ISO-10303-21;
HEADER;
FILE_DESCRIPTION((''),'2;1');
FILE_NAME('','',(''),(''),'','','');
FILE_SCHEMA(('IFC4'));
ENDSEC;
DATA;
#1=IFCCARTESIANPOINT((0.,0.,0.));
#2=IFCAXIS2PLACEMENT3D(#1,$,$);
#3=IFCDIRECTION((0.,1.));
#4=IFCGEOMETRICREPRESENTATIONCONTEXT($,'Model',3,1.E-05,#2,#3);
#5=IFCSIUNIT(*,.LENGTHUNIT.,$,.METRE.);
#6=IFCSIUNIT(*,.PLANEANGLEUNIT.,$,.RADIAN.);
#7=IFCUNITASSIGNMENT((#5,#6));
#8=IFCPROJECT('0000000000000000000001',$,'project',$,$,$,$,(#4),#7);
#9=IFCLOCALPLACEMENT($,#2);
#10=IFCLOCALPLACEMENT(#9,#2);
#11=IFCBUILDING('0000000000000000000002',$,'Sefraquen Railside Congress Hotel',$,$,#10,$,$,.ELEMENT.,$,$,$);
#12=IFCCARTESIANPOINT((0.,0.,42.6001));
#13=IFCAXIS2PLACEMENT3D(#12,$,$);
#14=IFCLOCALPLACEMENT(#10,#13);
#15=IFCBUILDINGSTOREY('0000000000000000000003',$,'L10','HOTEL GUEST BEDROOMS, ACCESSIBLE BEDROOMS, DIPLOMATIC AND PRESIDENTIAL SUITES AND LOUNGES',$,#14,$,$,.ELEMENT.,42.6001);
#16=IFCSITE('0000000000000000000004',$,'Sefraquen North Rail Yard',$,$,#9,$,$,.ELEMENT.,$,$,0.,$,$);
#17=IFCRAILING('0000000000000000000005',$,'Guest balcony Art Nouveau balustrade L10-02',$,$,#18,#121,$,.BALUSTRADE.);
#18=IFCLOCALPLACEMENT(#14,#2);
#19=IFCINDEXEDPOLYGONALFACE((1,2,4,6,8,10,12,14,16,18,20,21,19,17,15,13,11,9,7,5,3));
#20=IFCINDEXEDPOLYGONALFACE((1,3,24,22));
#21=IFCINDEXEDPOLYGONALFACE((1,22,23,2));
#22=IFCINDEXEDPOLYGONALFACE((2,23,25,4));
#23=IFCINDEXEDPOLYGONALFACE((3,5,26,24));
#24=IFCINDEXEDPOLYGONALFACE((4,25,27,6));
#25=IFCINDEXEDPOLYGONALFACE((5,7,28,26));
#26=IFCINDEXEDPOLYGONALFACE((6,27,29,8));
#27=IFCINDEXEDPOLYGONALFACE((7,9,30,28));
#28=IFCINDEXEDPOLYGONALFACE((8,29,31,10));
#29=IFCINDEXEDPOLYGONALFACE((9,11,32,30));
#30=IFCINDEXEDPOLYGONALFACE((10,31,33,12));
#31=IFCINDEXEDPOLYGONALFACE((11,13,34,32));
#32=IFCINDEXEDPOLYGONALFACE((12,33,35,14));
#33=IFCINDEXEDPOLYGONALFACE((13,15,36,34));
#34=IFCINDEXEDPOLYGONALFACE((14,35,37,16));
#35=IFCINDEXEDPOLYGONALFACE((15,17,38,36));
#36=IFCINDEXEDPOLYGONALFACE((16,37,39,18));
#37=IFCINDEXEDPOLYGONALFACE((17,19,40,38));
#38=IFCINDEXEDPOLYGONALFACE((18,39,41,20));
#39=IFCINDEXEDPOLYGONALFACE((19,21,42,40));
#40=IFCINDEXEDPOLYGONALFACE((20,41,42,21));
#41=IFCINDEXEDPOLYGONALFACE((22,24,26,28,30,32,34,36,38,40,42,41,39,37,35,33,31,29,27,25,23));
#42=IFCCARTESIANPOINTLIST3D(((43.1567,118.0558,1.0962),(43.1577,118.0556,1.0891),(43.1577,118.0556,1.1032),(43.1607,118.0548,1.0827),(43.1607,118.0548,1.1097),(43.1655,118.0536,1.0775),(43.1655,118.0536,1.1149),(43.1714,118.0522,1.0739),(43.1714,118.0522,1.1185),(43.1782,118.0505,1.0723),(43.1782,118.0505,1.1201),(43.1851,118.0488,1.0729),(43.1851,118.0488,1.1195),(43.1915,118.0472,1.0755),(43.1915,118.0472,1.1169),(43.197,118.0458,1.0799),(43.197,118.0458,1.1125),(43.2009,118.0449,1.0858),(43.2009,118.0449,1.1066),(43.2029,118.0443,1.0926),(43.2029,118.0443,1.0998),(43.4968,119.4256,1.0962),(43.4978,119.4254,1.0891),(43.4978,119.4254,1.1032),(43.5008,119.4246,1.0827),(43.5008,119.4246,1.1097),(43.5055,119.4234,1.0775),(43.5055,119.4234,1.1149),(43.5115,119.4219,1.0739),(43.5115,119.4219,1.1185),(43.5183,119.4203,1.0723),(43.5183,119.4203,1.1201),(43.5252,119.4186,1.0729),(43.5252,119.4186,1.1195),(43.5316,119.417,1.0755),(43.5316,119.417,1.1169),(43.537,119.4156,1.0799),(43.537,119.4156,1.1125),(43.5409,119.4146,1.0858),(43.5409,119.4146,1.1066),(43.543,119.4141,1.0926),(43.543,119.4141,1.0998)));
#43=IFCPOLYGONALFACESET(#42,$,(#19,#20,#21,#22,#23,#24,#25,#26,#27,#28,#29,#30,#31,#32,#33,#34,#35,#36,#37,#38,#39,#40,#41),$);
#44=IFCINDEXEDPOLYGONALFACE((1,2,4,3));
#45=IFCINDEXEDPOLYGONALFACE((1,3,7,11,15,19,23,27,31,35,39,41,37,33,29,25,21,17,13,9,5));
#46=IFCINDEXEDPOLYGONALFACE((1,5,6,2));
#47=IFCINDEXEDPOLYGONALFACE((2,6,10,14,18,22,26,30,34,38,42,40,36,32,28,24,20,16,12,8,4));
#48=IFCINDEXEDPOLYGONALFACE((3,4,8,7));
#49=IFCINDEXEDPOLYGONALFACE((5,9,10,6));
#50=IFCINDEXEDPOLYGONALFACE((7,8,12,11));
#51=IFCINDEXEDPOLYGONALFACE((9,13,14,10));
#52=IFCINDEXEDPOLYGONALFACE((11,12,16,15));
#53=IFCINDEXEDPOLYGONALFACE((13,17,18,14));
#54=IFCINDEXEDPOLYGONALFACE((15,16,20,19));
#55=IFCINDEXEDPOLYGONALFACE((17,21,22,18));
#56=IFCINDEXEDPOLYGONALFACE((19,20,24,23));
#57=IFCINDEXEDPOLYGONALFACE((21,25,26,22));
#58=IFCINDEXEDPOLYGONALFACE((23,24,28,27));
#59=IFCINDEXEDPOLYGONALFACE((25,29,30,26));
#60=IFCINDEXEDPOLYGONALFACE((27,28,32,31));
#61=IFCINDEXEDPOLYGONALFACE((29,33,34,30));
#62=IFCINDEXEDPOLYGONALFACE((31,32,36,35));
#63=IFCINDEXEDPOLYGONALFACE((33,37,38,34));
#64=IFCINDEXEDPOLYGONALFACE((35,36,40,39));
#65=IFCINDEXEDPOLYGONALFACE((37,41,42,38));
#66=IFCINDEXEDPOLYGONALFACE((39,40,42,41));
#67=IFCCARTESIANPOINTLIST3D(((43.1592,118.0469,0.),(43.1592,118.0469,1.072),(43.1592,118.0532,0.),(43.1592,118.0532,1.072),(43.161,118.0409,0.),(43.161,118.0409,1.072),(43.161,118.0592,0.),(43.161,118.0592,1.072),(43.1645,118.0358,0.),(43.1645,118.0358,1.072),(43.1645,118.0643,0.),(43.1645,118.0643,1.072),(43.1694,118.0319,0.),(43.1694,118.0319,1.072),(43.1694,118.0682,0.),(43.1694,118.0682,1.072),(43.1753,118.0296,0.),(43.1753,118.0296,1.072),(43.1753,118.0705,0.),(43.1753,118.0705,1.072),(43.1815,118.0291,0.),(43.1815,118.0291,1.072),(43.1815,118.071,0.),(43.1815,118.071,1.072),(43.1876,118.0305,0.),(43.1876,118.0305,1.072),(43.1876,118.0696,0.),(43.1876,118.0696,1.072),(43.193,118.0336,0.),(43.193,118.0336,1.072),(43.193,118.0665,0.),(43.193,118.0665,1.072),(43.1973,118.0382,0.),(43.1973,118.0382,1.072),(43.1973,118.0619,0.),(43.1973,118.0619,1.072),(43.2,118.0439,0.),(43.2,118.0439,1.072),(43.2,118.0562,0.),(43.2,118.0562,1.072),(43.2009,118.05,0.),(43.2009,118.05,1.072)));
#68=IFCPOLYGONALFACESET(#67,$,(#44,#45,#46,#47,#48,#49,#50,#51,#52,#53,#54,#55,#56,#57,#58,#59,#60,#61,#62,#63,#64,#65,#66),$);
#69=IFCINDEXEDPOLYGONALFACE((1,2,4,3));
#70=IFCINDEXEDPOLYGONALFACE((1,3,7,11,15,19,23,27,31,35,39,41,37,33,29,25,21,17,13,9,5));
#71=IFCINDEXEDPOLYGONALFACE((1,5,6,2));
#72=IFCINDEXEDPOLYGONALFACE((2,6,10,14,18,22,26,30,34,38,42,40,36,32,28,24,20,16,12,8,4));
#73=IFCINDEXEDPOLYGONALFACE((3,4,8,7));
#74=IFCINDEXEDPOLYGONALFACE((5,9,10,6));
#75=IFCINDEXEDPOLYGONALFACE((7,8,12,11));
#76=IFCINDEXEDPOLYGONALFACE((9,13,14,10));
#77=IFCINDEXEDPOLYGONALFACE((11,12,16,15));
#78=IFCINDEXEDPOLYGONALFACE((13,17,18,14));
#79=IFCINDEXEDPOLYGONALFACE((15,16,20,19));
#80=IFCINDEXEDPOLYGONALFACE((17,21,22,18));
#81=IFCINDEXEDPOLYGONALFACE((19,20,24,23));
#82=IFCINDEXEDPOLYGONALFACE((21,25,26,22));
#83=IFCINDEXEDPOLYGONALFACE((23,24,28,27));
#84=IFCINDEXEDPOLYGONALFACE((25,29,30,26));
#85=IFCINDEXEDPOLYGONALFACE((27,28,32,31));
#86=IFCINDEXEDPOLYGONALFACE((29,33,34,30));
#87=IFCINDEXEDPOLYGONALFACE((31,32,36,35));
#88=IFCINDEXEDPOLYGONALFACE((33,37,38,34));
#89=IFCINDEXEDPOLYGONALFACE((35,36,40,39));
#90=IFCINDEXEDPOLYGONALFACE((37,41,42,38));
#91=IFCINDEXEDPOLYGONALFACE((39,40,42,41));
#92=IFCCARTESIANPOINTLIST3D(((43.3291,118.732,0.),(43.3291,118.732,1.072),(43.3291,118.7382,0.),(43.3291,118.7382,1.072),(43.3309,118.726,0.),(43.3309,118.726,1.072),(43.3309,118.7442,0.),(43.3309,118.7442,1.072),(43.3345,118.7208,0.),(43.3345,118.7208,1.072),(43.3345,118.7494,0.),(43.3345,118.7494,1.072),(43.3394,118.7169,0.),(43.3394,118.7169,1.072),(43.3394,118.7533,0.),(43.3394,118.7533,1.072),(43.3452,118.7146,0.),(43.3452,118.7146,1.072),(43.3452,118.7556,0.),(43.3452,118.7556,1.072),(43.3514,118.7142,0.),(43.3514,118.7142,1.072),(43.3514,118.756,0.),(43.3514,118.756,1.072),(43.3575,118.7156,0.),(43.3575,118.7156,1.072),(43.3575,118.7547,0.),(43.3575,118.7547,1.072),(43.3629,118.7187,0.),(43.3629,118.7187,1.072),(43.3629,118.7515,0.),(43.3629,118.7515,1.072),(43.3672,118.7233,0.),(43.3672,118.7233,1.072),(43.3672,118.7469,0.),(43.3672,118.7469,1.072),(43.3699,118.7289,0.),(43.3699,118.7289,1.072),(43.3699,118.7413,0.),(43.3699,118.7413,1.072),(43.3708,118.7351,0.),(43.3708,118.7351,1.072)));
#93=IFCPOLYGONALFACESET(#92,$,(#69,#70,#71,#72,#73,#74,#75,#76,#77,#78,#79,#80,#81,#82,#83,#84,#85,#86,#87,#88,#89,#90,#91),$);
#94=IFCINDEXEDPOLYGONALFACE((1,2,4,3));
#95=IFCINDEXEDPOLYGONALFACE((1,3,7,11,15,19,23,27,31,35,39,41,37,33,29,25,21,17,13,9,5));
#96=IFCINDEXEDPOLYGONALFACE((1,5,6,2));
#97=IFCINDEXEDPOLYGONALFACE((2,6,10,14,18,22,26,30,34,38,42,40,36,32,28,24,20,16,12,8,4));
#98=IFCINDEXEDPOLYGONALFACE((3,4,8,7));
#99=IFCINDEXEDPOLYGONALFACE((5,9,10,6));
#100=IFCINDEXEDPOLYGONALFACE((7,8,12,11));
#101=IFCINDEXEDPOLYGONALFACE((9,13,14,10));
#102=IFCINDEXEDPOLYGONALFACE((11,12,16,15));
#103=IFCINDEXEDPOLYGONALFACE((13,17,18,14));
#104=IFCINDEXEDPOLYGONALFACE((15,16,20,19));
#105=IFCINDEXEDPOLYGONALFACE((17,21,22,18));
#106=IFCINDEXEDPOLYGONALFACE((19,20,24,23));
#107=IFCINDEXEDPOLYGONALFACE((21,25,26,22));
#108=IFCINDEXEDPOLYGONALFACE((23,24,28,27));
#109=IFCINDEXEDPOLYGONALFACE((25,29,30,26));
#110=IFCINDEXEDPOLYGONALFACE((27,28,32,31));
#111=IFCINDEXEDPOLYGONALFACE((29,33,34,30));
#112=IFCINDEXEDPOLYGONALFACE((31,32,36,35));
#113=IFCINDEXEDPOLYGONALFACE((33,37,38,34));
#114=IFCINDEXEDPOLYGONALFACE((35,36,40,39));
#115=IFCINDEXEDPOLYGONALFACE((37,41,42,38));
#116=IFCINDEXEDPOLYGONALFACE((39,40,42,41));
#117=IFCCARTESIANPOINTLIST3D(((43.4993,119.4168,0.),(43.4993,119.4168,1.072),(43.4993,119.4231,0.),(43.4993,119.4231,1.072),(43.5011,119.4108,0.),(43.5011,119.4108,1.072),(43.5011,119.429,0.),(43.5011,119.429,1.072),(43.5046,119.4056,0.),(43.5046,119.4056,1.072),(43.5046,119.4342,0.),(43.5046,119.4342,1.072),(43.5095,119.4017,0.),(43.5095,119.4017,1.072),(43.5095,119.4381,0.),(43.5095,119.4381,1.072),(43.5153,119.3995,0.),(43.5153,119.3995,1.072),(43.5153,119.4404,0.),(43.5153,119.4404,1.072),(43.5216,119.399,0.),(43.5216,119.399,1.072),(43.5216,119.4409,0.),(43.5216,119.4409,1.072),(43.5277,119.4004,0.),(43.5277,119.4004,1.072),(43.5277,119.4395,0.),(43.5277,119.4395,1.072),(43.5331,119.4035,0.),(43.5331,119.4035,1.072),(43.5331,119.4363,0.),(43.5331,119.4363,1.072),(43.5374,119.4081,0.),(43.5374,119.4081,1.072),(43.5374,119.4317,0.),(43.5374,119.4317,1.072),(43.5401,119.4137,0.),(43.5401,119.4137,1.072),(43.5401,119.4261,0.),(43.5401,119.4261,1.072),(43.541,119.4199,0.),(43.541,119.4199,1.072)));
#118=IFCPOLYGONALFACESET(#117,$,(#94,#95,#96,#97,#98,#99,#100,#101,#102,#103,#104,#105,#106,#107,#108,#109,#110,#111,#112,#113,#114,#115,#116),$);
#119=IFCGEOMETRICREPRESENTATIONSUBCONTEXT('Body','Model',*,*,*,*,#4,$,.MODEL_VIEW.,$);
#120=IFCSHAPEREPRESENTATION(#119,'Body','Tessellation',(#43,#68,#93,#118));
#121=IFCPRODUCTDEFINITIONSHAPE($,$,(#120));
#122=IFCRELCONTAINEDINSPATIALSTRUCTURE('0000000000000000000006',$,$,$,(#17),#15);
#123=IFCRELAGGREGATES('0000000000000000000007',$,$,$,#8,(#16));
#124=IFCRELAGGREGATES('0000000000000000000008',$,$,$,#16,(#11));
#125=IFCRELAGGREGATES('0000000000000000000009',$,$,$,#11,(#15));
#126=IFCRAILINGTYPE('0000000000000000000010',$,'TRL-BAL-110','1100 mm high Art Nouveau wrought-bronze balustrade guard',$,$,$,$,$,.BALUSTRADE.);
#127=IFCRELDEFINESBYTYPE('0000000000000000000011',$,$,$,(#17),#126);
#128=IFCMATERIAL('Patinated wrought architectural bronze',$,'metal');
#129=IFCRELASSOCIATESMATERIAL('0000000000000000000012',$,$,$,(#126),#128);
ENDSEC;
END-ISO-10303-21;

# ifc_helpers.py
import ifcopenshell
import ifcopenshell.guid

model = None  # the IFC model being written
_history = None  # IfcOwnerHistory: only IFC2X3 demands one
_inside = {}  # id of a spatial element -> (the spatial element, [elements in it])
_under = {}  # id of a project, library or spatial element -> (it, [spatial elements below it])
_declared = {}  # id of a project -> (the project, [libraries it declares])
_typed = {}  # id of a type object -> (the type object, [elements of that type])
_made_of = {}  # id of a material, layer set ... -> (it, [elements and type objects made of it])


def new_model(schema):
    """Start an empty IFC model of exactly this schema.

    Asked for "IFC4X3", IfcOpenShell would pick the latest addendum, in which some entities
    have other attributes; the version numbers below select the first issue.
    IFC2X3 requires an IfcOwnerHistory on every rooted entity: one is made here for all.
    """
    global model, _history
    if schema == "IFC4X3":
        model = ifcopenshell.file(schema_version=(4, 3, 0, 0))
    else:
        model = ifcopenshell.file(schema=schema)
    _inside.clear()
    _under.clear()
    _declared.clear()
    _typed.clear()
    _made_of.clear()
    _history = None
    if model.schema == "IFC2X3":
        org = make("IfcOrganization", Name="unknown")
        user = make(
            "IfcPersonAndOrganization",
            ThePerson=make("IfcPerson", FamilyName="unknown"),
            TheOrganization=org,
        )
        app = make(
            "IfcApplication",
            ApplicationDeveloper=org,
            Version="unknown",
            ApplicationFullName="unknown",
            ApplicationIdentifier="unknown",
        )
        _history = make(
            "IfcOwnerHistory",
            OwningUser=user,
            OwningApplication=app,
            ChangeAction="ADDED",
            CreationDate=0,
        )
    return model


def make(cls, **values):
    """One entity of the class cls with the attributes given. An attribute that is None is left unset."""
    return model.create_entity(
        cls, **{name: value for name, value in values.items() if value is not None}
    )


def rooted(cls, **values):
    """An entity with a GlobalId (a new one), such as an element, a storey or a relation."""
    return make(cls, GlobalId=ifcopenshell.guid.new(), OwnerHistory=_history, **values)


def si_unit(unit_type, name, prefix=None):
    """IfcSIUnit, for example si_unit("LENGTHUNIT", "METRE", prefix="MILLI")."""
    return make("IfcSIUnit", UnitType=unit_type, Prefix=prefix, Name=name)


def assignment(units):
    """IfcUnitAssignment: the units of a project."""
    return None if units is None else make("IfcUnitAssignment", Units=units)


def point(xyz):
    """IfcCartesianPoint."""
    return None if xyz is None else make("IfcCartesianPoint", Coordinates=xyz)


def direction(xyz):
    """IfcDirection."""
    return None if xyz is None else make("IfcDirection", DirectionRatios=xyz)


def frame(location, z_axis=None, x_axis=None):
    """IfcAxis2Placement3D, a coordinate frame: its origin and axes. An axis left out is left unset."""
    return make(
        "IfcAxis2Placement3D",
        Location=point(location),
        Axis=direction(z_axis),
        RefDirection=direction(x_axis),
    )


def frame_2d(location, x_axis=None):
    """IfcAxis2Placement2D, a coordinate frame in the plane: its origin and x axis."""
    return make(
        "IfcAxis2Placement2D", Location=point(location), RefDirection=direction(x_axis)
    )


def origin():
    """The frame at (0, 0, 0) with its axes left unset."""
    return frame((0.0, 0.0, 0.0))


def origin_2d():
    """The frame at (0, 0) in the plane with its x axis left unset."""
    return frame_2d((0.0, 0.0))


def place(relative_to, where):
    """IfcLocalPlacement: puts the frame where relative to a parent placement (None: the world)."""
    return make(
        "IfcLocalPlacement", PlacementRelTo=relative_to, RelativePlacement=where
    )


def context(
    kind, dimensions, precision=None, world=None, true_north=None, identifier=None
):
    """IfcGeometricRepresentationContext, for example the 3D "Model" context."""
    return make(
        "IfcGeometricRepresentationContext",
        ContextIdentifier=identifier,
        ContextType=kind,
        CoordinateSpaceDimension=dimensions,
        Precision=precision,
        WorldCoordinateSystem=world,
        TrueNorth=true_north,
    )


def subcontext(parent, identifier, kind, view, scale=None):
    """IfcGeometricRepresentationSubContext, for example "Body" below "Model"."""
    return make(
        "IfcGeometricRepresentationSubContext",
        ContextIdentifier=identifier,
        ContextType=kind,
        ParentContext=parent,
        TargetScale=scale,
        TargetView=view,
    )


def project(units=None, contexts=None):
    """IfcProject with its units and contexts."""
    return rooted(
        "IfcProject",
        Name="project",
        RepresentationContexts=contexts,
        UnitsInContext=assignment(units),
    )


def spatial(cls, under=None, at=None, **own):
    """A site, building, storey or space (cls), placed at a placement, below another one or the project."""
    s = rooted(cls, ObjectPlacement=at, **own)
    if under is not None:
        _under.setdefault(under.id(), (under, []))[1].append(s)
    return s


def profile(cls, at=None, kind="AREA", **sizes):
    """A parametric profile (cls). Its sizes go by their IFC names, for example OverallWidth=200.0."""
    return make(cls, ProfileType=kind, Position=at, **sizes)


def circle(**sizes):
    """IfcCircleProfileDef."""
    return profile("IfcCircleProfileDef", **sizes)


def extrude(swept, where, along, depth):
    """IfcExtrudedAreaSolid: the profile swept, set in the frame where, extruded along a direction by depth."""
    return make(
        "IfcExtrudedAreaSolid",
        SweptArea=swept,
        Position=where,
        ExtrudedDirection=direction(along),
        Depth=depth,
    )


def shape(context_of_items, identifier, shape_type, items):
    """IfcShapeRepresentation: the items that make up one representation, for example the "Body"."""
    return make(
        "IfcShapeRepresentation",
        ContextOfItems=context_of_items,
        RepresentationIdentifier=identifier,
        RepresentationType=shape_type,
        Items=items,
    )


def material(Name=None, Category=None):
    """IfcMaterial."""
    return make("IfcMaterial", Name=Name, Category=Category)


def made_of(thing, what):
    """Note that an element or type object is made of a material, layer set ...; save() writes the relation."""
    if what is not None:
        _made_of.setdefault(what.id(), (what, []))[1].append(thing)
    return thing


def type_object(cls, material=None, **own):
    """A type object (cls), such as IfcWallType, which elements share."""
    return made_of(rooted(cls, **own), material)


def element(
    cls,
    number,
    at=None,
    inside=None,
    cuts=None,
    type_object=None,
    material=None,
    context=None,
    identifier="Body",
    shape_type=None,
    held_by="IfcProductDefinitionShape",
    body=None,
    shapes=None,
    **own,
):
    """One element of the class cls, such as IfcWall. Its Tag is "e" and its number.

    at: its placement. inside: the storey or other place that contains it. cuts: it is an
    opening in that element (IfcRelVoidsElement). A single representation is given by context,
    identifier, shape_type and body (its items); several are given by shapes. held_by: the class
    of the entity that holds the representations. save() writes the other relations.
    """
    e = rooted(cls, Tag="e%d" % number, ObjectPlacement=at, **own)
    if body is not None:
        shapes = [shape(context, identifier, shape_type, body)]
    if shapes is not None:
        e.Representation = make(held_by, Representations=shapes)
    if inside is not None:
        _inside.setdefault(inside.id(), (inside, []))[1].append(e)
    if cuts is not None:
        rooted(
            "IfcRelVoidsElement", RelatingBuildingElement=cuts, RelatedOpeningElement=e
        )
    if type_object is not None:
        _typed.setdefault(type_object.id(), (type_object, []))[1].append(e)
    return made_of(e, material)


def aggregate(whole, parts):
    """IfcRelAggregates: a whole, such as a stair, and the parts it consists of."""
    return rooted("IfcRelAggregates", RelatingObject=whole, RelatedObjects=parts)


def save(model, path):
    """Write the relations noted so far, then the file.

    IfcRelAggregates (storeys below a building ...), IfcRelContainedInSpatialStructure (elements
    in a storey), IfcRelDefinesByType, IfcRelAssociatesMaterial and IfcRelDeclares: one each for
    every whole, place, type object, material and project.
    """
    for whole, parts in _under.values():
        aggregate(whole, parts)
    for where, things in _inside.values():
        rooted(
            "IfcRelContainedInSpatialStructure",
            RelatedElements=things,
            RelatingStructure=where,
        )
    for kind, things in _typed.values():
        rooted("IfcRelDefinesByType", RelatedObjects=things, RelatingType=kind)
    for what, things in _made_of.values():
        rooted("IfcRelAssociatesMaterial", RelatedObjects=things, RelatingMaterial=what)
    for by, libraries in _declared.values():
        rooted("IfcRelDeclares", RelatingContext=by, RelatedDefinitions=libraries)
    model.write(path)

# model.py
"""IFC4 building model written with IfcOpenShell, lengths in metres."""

from ifc_helpers import new_model, si_unit, direction, frame, origin, origin_2d, place, context, subcontext, project, spatial, circle, extrude, material, type_object, element, save


model = new_model("IFC4")

# Units and contexts
model_context = context("Model", 3, precision=1e-05, world=origin(), true_north=direction((0.0, 1.0)))
body_context = subcontext(model_context, "Body", "Model", "MODEL_VIEW")
ifc_project = project(units=[si_unit("LENGTHUNIT", "METRE"), si_unit("PLANEANGLEUNIT", "RADIAN")], contexts=[model_context])

# Site, building, storey
site_placement = place(None, origin())
site = spatial("IfcSite", under=ifc_project, at=site_placement, Name="Sefraquen North Rail Yard", CompositionType="ELEMENT", RefElevation=0.0)
building_placement = place(site_placement, origin())
building = spatial("IfcBuilding", under=site, at=building_placement, Name="Sefraquen Railside Congress Hotel", CompositionType="ELEMENT")
storey_placement = place(building_placement, frame((0.0, 0.0, 42.6001)))
storey = spatial("IfcBuildingStorey", under=building, at=storey_placement, Name="L10", Description="HOTEL GUEST BEDROOMS, ACCESSIBLE BEDROOMS, DIPLOMATIC AND PRESIDENTIAL SUITES AND LOUNGES", CompositionType="ELEMENT", Elevation=42.6001)

# Railing
ifc_material_1 = material(Name="Patinated wrought architectural bronze", Category="metal")
railing_type = type_object("IfcRailingType", Name="TRL-BAL-110", Description="1100 mm high Art Nouveau wrought-bronze balustrade guard", PredefinedType="BALUSTRADE", material=ifc_material_1)
railing_1_placement = place(storey_placement, frame((43.1799, 118.05, 0.0)))
element("IfcRailing", 1, at=railing_1_placement, inside=storey, type_object=railing_type, Name="Guest balcony Art Nouveau balustrade L10-02", PredefinedType="BALUSTRADE", context=body_context, shape_type="SweptSolid", body=[
    extrude(circle(Radius=0.0239, at=origin_2d()), frame((0.0, 0.0, 1.0962), z_axis=(0.240948, 0.970538, 0.0), x_axis=(-0.970538, 0.240948, 0.0)), (0.0, 0.0, 1.0), 1.4114),
    extrude(circle(Radius=0.021, at=origin_2d()), origin(), (0.0, 0.0, 1.0), 1.072),
    extrude(circle(Radius=0.021, at=origin_2d()), frame((0.1699, 0.6851, 0.0)), (0.0, 0.0, 1.0), 1.072),
    extrude(circle(Radius=0.021, at=origin_2d()), frame((0.3401, 1.3699, 0.0)), (0.0, 0.0, 1.0), 1.072),
])

save(model, "model.ifc")
